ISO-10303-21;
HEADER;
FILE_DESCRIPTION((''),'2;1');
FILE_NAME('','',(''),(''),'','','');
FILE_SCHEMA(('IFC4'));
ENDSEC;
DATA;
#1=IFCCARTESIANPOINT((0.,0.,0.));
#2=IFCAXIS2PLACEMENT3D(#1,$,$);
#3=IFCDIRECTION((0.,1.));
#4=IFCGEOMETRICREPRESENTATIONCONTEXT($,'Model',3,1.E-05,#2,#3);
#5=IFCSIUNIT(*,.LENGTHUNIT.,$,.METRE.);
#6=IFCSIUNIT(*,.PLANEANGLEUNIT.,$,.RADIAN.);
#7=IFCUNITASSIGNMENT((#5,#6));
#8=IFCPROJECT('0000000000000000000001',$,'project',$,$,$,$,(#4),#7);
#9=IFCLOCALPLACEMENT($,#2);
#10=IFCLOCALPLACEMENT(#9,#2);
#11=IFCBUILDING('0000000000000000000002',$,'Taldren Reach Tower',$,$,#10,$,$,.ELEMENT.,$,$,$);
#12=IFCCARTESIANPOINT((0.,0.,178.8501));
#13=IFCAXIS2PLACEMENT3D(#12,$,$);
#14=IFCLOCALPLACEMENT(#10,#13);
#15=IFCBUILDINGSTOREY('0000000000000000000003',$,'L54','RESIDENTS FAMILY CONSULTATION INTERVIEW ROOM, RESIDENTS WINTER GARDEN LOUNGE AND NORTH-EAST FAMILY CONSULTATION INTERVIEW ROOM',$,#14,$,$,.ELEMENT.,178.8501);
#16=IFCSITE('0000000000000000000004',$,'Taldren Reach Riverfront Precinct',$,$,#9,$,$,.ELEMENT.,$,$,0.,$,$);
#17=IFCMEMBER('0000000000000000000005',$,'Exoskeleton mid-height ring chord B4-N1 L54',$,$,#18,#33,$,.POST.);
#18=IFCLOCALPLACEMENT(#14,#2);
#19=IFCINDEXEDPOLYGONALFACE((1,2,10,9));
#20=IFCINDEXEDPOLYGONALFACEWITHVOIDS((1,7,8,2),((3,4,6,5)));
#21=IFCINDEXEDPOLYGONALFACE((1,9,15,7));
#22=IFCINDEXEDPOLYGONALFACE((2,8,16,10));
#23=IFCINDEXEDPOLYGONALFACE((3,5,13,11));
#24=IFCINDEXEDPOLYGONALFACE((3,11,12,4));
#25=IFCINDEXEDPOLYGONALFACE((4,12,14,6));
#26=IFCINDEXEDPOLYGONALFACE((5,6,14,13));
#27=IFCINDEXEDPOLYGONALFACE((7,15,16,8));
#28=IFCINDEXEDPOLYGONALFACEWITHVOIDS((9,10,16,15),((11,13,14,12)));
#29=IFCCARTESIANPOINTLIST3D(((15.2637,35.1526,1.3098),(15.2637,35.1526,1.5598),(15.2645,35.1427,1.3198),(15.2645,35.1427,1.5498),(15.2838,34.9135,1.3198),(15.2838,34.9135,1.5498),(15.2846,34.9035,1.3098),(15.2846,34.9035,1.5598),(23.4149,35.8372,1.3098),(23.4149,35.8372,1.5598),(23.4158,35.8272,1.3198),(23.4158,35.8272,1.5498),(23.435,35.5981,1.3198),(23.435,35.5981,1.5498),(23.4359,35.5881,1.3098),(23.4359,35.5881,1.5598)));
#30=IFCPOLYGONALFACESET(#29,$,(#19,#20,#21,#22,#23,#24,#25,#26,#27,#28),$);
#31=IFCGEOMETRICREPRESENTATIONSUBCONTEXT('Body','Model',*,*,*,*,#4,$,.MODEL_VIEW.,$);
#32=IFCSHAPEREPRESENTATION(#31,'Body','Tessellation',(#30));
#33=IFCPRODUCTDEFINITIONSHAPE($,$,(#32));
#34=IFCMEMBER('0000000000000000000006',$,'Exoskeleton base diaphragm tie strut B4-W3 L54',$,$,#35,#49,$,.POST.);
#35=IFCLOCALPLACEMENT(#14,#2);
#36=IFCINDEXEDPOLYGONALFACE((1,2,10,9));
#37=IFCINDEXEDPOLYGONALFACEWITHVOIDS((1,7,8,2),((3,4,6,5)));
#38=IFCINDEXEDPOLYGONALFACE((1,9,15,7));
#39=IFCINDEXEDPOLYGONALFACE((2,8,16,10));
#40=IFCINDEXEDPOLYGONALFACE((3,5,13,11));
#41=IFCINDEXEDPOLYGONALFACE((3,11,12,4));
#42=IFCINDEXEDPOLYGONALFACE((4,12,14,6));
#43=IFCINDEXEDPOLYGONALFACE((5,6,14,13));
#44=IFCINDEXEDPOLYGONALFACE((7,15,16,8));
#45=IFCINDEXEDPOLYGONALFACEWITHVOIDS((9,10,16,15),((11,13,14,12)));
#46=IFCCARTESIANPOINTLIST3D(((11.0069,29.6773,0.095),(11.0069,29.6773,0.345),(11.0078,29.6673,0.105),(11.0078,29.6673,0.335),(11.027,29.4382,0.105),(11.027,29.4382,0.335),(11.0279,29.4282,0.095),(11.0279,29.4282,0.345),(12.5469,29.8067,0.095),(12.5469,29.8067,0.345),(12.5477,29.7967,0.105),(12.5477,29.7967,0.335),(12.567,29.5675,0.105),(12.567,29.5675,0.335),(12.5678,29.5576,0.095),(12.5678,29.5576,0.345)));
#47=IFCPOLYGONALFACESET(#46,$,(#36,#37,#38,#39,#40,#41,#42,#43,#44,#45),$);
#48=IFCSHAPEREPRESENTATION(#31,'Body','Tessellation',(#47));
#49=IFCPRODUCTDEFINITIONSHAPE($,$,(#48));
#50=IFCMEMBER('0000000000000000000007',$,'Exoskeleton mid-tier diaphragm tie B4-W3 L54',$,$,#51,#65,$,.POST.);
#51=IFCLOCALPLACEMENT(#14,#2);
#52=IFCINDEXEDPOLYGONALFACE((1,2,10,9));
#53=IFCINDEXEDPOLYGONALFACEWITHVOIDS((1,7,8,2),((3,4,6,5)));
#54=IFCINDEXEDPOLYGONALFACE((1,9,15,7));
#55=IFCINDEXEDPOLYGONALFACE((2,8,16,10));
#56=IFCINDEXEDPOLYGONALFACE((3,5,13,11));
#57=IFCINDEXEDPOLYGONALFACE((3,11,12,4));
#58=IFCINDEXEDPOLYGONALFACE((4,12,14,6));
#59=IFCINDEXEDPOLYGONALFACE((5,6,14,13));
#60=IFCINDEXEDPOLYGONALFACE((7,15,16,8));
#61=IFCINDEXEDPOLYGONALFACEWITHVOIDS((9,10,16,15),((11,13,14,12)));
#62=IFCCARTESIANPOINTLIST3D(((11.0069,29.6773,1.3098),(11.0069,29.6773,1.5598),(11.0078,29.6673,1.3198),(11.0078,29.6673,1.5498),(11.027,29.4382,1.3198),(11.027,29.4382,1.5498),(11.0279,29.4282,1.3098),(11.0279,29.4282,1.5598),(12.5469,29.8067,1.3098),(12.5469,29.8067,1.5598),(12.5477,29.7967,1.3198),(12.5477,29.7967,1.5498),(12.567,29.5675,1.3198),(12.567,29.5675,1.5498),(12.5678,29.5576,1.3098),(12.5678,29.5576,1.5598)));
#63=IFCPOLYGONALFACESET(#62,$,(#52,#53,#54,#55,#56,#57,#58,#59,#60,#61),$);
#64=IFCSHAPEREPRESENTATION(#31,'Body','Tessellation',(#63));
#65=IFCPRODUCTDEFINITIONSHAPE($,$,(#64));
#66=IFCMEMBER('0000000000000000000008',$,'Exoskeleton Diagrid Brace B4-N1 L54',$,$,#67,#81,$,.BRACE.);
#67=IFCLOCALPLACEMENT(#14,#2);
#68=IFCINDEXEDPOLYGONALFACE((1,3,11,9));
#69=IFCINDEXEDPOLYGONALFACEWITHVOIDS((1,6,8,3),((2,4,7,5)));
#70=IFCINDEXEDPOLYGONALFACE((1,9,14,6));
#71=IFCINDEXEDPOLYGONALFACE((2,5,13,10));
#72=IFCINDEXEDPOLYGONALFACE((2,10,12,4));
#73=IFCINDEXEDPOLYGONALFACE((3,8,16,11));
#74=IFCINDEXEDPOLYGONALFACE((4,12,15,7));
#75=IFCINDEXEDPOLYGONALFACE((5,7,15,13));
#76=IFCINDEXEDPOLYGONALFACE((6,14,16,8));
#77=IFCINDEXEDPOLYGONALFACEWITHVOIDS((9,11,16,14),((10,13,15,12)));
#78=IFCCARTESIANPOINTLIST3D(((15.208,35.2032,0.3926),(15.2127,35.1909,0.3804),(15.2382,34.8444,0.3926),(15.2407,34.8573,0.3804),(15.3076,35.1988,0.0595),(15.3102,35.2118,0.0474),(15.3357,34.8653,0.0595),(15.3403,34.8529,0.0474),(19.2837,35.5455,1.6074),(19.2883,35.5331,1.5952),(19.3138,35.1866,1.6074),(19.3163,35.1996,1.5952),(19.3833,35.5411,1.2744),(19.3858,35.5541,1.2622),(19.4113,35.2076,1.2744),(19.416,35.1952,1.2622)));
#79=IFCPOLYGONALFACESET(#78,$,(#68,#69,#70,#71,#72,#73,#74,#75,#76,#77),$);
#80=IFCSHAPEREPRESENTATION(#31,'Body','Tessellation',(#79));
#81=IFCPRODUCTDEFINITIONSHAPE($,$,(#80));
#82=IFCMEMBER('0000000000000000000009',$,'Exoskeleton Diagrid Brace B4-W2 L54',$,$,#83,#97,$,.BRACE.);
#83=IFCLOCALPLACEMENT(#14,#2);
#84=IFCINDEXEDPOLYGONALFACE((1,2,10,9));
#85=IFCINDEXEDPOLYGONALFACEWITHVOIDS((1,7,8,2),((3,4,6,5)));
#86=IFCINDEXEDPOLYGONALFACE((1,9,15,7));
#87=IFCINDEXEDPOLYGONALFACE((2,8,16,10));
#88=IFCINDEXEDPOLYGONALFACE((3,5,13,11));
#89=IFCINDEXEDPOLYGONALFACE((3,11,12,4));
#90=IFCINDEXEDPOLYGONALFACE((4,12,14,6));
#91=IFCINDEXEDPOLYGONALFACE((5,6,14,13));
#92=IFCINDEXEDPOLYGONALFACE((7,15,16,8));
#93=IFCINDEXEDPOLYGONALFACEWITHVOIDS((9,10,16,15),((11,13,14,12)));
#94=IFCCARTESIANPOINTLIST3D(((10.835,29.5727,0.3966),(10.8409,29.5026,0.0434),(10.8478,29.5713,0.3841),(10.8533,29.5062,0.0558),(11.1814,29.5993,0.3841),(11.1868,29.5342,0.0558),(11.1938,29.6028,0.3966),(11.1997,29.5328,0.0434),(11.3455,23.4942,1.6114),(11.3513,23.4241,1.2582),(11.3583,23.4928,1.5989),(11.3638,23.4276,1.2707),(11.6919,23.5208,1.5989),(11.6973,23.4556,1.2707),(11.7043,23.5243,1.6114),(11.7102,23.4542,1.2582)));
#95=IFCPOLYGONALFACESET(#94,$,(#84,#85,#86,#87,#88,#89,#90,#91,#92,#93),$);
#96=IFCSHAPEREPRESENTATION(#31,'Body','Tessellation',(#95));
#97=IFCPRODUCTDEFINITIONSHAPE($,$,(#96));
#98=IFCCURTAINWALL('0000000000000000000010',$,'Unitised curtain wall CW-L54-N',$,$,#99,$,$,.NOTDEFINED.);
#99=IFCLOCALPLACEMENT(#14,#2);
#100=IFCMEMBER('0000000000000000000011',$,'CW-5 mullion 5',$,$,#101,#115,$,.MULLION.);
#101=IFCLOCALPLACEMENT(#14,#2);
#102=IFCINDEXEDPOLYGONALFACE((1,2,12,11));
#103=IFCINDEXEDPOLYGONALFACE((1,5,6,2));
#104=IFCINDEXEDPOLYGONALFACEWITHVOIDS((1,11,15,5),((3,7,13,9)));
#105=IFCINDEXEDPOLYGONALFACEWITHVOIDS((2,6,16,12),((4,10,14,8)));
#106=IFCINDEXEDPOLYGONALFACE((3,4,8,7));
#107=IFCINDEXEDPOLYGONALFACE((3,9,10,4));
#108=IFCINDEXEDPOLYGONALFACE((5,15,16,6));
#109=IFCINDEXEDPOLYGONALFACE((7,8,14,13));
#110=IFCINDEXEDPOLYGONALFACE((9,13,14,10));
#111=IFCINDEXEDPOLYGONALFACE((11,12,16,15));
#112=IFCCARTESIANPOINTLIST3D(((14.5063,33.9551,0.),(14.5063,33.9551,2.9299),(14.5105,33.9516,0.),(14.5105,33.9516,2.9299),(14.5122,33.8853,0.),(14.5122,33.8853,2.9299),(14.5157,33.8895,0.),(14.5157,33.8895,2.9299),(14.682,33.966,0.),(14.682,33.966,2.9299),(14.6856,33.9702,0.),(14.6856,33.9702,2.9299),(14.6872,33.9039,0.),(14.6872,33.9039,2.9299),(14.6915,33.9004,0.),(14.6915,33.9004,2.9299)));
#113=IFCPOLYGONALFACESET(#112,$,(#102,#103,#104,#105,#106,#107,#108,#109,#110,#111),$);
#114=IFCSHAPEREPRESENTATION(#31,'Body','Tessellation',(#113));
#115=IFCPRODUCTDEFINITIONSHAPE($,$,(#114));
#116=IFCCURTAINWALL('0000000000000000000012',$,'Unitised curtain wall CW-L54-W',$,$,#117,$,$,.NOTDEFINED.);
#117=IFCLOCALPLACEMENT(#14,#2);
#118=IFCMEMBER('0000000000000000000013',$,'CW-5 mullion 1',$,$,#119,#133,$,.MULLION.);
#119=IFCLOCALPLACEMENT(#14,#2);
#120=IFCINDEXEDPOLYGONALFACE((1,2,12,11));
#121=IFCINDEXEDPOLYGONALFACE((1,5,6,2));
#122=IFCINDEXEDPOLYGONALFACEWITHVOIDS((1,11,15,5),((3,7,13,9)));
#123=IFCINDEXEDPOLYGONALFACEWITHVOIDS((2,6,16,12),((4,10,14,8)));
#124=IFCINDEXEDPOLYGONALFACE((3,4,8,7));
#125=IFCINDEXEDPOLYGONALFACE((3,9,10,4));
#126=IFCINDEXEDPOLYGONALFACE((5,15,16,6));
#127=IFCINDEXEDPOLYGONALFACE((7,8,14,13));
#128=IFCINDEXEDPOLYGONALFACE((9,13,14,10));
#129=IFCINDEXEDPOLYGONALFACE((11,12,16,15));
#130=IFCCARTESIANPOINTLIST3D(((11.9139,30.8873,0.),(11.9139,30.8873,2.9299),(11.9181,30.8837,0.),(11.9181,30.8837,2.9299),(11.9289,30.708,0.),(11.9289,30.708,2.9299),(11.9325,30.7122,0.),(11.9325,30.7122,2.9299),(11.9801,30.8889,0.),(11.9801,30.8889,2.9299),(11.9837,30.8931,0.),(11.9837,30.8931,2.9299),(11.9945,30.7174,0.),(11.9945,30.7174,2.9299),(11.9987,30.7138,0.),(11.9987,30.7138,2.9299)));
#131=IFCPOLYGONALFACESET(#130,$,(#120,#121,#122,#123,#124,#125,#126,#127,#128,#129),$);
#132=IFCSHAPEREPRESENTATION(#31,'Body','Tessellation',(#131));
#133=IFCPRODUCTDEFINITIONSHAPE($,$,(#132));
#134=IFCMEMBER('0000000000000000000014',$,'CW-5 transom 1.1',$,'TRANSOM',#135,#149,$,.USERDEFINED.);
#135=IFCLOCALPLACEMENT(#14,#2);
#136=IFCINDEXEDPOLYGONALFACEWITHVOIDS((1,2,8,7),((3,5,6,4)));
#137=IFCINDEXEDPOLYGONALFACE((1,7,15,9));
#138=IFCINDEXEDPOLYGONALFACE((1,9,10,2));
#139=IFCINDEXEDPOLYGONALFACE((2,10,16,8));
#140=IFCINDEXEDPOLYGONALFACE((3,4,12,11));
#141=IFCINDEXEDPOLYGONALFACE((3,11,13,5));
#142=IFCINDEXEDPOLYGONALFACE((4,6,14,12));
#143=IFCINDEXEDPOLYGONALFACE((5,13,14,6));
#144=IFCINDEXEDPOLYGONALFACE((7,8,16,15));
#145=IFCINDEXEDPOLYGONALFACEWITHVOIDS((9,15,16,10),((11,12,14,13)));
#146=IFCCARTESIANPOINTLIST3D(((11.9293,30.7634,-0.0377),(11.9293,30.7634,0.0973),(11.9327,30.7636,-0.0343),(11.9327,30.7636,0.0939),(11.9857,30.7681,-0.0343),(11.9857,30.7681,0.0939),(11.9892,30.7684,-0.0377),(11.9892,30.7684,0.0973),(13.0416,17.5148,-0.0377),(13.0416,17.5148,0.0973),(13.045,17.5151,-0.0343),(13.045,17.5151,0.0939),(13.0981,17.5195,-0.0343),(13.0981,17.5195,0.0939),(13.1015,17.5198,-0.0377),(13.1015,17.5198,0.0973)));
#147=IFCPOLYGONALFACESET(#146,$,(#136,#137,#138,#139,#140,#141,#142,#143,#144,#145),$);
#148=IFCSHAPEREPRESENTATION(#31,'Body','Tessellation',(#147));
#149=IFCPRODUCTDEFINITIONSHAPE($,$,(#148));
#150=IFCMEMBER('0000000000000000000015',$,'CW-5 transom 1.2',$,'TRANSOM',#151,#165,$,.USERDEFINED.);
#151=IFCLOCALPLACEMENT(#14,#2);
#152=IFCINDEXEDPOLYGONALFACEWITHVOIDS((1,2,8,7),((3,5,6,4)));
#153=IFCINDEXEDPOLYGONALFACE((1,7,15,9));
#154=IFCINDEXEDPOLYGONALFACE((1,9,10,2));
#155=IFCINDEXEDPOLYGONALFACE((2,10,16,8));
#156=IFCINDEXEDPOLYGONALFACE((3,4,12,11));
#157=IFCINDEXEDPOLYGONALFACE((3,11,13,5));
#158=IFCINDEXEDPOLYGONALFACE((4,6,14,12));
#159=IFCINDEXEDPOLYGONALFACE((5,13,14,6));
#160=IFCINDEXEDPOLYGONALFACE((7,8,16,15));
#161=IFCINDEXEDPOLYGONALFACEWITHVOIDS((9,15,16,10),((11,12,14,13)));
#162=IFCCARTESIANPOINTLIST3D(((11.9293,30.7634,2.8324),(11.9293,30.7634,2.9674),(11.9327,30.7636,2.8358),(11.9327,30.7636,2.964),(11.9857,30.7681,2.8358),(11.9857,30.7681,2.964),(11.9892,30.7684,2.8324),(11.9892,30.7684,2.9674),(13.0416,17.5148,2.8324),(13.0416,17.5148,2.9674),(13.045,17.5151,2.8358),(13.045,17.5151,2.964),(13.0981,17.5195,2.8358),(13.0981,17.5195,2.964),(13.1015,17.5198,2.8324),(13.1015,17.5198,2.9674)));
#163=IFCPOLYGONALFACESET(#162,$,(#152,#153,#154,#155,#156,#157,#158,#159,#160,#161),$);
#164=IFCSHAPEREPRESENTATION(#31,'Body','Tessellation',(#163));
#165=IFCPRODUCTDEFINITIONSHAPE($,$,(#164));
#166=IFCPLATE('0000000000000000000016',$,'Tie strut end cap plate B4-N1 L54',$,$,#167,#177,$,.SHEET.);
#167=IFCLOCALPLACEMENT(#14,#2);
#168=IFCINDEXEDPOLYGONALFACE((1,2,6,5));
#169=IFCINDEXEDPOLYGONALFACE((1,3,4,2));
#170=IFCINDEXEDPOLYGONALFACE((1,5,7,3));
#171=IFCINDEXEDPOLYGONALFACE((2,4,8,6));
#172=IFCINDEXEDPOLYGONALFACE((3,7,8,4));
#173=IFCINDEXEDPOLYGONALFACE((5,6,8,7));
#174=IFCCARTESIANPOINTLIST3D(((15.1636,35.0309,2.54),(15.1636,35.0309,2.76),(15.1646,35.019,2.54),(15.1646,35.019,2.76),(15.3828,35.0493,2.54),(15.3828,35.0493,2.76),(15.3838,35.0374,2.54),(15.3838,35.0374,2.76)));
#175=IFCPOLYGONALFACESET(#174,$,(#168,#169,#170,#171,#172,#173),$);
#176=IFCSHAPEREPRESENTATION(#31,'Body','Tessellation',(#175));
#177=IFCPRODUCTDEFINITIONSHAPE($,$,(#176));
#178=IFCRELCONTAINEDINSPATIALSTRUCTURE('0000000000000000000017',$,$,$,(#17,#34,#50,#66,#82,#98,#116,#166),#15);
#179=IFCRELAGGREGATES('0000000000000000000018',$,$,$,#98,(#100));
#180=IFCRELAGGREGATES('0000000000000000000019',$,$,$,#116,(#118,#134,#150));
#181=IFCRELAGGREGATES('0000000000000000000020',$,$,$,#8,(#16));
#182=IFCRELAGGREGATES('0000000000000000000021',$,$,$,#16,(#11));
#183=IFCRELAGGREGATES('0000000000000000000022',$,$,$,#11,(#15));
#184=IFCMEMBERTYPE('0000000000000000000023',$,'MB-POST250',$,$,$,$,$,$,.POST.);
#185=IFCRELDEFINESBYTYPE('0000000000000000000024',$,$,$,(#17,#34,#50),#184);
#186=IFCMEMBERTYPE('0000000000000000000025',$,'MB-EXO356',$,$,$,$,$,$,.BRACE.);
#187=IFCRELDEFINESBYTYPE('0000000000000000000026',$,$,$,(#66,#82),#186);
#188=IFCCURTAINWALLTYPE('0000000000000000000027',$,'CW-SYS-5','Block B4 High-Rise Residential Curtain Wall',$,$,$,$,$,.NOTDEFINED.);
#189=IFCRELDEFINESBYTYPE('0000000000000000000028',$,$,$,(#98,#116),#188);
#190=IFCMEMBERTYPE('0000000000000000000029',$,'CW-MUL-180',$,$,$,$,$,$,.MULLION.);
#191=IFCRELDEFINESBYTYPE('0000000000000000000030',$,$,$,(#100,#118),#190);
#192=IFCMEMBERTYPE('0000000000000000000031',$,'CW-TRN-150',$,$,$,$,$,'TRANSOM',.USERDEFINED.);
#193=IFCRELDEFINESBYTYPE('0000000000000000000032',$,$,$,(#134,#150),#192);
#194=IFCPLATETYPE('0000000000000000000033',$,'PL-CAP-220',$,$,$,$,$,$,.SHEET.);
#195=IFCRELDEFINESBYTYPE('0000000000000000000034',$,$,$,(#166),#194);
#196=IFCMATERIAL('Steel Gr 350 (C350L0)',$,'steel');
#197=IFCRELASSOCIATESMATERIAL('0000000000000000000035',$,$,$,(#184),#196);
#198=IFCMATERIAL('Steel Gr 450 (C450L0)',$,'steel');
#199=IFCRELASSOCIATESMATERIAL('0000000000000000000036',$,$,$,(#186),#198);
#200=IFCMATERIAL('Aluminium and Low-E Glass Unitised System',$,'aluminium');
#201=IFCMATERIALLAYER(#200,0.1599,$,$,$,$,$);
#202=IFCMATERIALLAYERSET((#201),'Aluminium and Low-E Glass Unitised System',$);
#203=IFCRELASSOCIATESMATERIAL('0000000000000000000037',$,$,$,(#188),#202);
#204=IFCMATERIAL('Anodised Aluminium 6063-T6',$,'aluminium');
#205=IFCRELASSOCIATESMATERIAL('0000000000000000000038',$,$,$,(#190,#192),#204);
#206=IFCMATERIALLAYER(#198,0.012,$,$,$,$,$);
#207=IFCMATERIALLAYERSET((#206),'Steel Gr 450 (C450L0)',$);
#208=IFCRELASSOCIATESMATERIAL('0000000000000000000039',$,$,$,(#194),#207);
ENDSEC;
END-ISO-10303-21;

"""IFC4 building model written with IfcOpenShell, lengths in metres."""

from ifc_helpers import new_model, si_unit, direction, frame, origin, origin_2d, place, context, subcontext, project, spatial, rectangle, hollow_rectangle, extrude, source, transform, mapped, material, layer, layer_set, material_profile, profile_set, type_object, element, aggregate, save


model = new_model("IFC4")

# Units and contexts
model_context = context("Model", 3, precision=1e-05, world=origin(), true_north=direction((0.0, 1.0)))
body_context = subcontext(model_context, "Body", "Model", "MODEL_VIEW")
ifc_project = project(units=[si_unit("LENGTHUNIT", "METRE"), si_unit("PLANEANGLEUNIT", "RADIAN")], contexts=[model_context])

# Site, building, storey
site_placement = place(None, origin())
site = spatial("IfcSite", under=ifc_project, at=site_placement, Name="Taldren Reach Riverfront Precinct", CompositionType="ELEMENT", RefElevation=0.0)
building_placement = place(site_placement, origin())
building = spatial("IfcBuilding", under=site, at=building_placement, Name="Taldren Reach Tower", CompositionType="ELEMENT")
storey_placement = place(building_placement, frame((0.0, 0.0, 178.8501)))
storey = spatial("IfcBuildingStorey", under=building, at=storey_placement, Name="L54", Description="RESIDENTS FAMILY CONSULTATION INTERVIEW ROOM, RESIDENTS WINTER GARDEN LOUNGE AND NORTH-EAST FAMILY CONSULTATION INTERVIEW ROOM", CompositionType="ELEMENT", Elevation=178.8501)

# Shared definitions
ifc_material_1 = material(Name="Steel Gr 350 (C350L0)", Category="steel")

# Shared definitions
ifc_material_profile_1 = material_profile(ifc_material_1, hollow_rectangle(XDim=0.25, YDim=0.25, WallThickness=0.01, at=origin_2d()), Name="250x250x10.0SHS")
ifc_profile_set_1 = profile_set([ifc_material_profile_1], Name="Steel Gr 350 (C350L0)")
member_type_1 = type_object("IfcMemberType", Name="MB-POST250", PredefinedType="POST", material=ifc_profile_set_1)

# Members
ifc_material_2 = material(Name="Steel Gr 450 (C450L0)", Category="steel")
shared_shape_1 = source(origin(), body_context, "Body", "SweptSolid", [
    extrude(hollow_rectangle(XDim=0.25, YDim=0.25, WallThickness=0.01, at=origin_2d()), origin(), (0.0, 0.0, 1.0), 8.1799),
])
member_1_placement = place(storey_placement, frame((15.2742, 35.0281, 1.4348), z_axis=(0.996492, 0.08369, 0.0), x_axis=(-0.08369, 0.996492, 0.0)))
element("IfcMember", 1, at=member_1_placement, inside=storey, type_object=member_type_1, Name="Exoskeleton mid-height ring chord B4-N1 L54", PredefinedType="POST", context=body_context, shape_type="MappedRepresentation", body=[
    mapped(shared_shape_1, transform((0.0, 0.0, 0.0), scale=1.0)),
])
shared_shape_2 = source(origin(), body_context, "Body", "SweptSolid", [
    extrude(hollow_rectangle(XDim=0.25, YDim=0.25, WallThickness=0.01, at=origin_2d()), origin(), (0.0, 0.0, 1.0), 1.5454),
])
for number, where, z_axis, x_axis, name in (
    (2, (12.5574, 29.6821, 0.22), (-0.996489, -0.083725, 0.0), (0.083725, -0.996489, 0.0), "Exoskeleton base diaphragm tie strut B4-W3 L54"),
    (3, (12.5574, 29.6821, 1.4348), (-0.996489, -0.083725, 0.0), (0.083725, -0.996489, 0.0), "Exoskeleton mid-tier diaphragm tie B4-W3 L54"),
):
    element("IfcMember", number, at=place(storey_placement, frame(where, z_axis=z_axis, x_axis=x_axis)), inside=storey, type_object=member_type_1, Name=name, PredefinedType="POST", context=body_context, shape_type="MappedRepresentation", body=[
        mapped(shared_shape_2, transform((0.0, 0.0, 0.0), scale=1.0)),
    ])
ifc_material_profile_2 = material_profile(ifc_material_2, hollow_rectangle(XDim=0.3601, YDim=0.3601, WallThickness=0.0127, at=origin_2d()), Name="360x360x12.7SHS")
ifc_profile_set_2 = profile_set([ifc_material_profile_2], Name="Steel Gr 450 (C450L0)")
member_type_2 = type_object("IfcMemberType", Name="MB-EXO356", PredefinedType="BRACE", material=ifc_profile_set_2)
shared_shape_3 = source(origin(), body_context, "Body", "SweptSolid", [
    extrude(hollow_rectangle(XDim=0.3601, YDim=0.3601, WallThickness=0.0127, at=origin_2d()), origin(), (0.0, 0.0, 1.0), 4.2666),
])
member_2_placement = place(storey_placement, frame((15.2742, 35.0281, 0.22), z_axis=(0.955245, 0.080224, 0.284731), x_axis=(-0.083688, 0.996492, 0.0)))
element("IfcMember", 4, at=member_2_placement, inside=storey, type_object=member_type_2, Name="Exoskeleton Diagrid Brace B4-N1 L54", PredefinedType="BRACE", context=body_context, shape_type="MappedRepresentation", body=[
    mapped(shared_shape_3, transform((0.0, 0.0, 0.0), scale=1.0)),
])
shared_shape_4 = source(origin(), body_context, "Body", "SweptSolid", [
    extrude(hollow_rectangle(XDim=0.3601, YDim=0.3601, WallThickness=0.0127, at=origin_2d()), origin(), (0.0, 0.0, 1.0), 6.2197),
])
member_3_placement = place(storey_placement, frame((11.0173, 29.5527, 0.22), z_axis=(0.082076, -0.977299, 0.195319), x_axis=(0.996492, 0.083688, 0.0)))
element("IfcMember", 5, at=member_3_placement, inside=storey, type_object=member_type_2, Name="Exoskeleton Diagrid Brace B4-W2 L54", PredefinedType="BRACE", context=body_context, shape_type="MappedRepresentation", body=[
    mapped(shared_shape_4, transform((0.0, 0.0, 0.0), scale=1.0)),
])

# Curtain wall, member
ifc_material_3 = material(Name="Aluminium and Low-E Glass Unitised System", Category="aluminium")
ifc_layer_1 = layer(ifc_material_3, 0.1599)
ifc_layer_set_1 = layer_set([ifc_layer_1], Name="Aluminium and Low-E Glass Unitised System")
curtain_wall_type = type_object("IfcCurtainWallType", Name="CW-SYS-5", Description="Block B4 High-Rise Residential Curtain Wall", PredefinedType="NOTDEFINED", material=ifc_layer_set_1)
curtain_wall_1_placement = place(storey_placement, origin())
curtain_wall_1 = element("IfcCurtainWall", 6, at=curtain_wall_1_placement, inside=storey, type_object=curtain_wall_type, Name="Unitised curtain wall CW-L54-N", PredefinedType="NOTDEFINED")
ifc_material_4 = material(Name="Anodised Aluminium 6063-T6", Category="aluminium")
ifc_material_profile_3 = material_profile(ifc_material_4, hollow_rectangle(XDim=0.0701, YDim=0.1799, WallThickness=0.0039, at=origin_2d()), Name="ALU-180x70x4RHS")
ifc_profile_set_3 = profile_set([ifc_material_profile_3], Name="Anodised Aluminium 6063-T6")
member_type_3 = type_object("IfcMemberType", Name="CW-MUL-180", PredefinedType="MULLION", material=ifc_profile_set_3)
shared_shape_5 = source(origin(), body_context, "Body", "SweptSolid", [
    extrude(hollow_rectangle(XDim=0.0701, YDim=0.1799, WallThickness=0.0039, at=origin_2d()), origin(), (0.0, 0.0, 1.0), 2.9299),
])
member_4_placement = place(storey_placement, frame((14.5989, 33.9277, 0.0), z_axis=(0.0, 0.0, 1.0), x_axis=(0.083678, -0.996493, 0.0)))
member_4 = element("IfcMember", 7, at=member_4_placement, type_object=member_type_3, Name="CW-5 mullion 5", PredefinedType="MULLION", context=body_context, shape_type="MappedRepresentation", body=[
    mapped(shared_shape_5, transform((0.0, 0.0, 0.0), scale=1.0)),
])
aggregate(curtain_wall_1, [member_4])

# Curtain wall, members
curtain_wall_2_placement = place(storey_placement, origin())
curtain_wall_2 = element("IfcCurtainWall", 8, at=curtain_wall_2_placement, inside=storey, type_object=curtain_wall_type, Name="Unitised curtain wall CW-L54-W", PredefinedType="NOTDEFINED")
member_5_placement = place(storey_placement, frame((11.9563, 30.8005, 0.0), z_axis=(0.0, 0.0, 1.0), x_axis=(0.996493, 0.083678, 0.0)))
member_5 = element("IfcMember", 9, at=member_5_placement, type_object=member_type_3, Name="CW-5 mullion 1", PredefinedType="MULLION", context=body_context, shape_type="MappedRepresentation", body=[
    mapped(shared_shape_5, transform((0.0, 0.0, 0.0), scale=1.0)),
])
ifc_material_profile_4 = material_profile(ifc_material_4, hollow_rectangle(XDim=0.0601, YDim=0.135, WallThickness=0.0034, at=origin_2d()), Name="ALU-135x60x3.5RHS")
ifc_profile_set_4 = profile_set([ifc_material_profile_4], Name="Anodised Aluminium 6063-T6")
member_type_4 = type_object("IfcMemberType", Name="CW-TRN-150", ElementType="TRANSOM", PredefinedType="USERDEFINED", material=ifc_profile_set_4)
shared_shape_6 = source(origin(), body_context, "Body", "SweptSolid", [
    extrude(hollow_rectangle(XDim=0.0601, YDim=0.135, WallThickness=0.0034, at=origin_2d()), origin(), (0.0, 0.0, 1.0), 13.2952),
])
member_6_placement = place(storey_placement, frame((11.9592, 30.7659, 0.0298), z_axis=(0.083662, -0.996494, 0.0), x_axis=(0.996494, 0.083662, 0.0)))
member_6 = element("IfcMember", 10, at=member_6_placement, type_object=member_type_4, Name="CW-5 transom 1.1", ObjectType="TRANSOM", PredefinedType="USERDEFINED", context=body_context, shape_type="MappedRepresentation", body=[
    mapped(shared_shape_6, transform((0.0, 0.0, 0.0), scale=1.0)),
])
member_7_placement = place(storey_placement, frame((11.9592, 30.7659, 2.8999), z_axis=(0.083662, -0.996494, 0.0), x_axis=(0.996494, 0.083662, 0.0)))
member_7 = element("IfcMember", 11, at=member_7_placement, type_object=member_type_4, Name="CW-5 transom 1.2", ObjectType="TRANSOM", PredefinedType="USERDEFINED", context=body_context, shape_type="MappedRepresentation", body=[
    mapped(shared_shape_6, transform((0.0, 0.0, 0.0), scale=1.0)),
])

# Plate
ifc_layer_2 = layer(ifc_material_2, 0.012)
ifc_layer_set_2 = layer_set([ifc_layer_2], Name="Steel Gr 450 (C450L0)")
plate_type_1 = type_object("IfcPlateType", Name="PL-CAP-220", PredefinedType="SHEET", material=ifc_layer_set_2)
shared_shape_7 = source(origin(), body_context, "Body", "SweptSolid", [
    extrude(rectangle(XDim=0.22, YDim=0.012, at=origin_2d()), origin(), (0.0, 0.0, 1.0), 0.22),
])
plate_1_placement = place(storey_placement, frame((15.2737, 35.0342, 2.54), z_axis=(0.0, 0.0, 1.0), x_axis=(0.996493, 0.083678, 0.0)))
element("IfcPlate", 12, at=plate_1_placement, inside=storey, type_object=plate_type_1, Name="Tie strut end cap plate B4-N1 L54", PredefinedType="SHEET", context=body_context, shape_type="MappedRepresentation", body=[
    mapped(shared_shape_7, transform((0.0, 0.0, 0.0), scale=1.0)),
])

aggregate(curtain_wall_2, [member_5, member_6, member_7])

save(model, "model.ifc")
